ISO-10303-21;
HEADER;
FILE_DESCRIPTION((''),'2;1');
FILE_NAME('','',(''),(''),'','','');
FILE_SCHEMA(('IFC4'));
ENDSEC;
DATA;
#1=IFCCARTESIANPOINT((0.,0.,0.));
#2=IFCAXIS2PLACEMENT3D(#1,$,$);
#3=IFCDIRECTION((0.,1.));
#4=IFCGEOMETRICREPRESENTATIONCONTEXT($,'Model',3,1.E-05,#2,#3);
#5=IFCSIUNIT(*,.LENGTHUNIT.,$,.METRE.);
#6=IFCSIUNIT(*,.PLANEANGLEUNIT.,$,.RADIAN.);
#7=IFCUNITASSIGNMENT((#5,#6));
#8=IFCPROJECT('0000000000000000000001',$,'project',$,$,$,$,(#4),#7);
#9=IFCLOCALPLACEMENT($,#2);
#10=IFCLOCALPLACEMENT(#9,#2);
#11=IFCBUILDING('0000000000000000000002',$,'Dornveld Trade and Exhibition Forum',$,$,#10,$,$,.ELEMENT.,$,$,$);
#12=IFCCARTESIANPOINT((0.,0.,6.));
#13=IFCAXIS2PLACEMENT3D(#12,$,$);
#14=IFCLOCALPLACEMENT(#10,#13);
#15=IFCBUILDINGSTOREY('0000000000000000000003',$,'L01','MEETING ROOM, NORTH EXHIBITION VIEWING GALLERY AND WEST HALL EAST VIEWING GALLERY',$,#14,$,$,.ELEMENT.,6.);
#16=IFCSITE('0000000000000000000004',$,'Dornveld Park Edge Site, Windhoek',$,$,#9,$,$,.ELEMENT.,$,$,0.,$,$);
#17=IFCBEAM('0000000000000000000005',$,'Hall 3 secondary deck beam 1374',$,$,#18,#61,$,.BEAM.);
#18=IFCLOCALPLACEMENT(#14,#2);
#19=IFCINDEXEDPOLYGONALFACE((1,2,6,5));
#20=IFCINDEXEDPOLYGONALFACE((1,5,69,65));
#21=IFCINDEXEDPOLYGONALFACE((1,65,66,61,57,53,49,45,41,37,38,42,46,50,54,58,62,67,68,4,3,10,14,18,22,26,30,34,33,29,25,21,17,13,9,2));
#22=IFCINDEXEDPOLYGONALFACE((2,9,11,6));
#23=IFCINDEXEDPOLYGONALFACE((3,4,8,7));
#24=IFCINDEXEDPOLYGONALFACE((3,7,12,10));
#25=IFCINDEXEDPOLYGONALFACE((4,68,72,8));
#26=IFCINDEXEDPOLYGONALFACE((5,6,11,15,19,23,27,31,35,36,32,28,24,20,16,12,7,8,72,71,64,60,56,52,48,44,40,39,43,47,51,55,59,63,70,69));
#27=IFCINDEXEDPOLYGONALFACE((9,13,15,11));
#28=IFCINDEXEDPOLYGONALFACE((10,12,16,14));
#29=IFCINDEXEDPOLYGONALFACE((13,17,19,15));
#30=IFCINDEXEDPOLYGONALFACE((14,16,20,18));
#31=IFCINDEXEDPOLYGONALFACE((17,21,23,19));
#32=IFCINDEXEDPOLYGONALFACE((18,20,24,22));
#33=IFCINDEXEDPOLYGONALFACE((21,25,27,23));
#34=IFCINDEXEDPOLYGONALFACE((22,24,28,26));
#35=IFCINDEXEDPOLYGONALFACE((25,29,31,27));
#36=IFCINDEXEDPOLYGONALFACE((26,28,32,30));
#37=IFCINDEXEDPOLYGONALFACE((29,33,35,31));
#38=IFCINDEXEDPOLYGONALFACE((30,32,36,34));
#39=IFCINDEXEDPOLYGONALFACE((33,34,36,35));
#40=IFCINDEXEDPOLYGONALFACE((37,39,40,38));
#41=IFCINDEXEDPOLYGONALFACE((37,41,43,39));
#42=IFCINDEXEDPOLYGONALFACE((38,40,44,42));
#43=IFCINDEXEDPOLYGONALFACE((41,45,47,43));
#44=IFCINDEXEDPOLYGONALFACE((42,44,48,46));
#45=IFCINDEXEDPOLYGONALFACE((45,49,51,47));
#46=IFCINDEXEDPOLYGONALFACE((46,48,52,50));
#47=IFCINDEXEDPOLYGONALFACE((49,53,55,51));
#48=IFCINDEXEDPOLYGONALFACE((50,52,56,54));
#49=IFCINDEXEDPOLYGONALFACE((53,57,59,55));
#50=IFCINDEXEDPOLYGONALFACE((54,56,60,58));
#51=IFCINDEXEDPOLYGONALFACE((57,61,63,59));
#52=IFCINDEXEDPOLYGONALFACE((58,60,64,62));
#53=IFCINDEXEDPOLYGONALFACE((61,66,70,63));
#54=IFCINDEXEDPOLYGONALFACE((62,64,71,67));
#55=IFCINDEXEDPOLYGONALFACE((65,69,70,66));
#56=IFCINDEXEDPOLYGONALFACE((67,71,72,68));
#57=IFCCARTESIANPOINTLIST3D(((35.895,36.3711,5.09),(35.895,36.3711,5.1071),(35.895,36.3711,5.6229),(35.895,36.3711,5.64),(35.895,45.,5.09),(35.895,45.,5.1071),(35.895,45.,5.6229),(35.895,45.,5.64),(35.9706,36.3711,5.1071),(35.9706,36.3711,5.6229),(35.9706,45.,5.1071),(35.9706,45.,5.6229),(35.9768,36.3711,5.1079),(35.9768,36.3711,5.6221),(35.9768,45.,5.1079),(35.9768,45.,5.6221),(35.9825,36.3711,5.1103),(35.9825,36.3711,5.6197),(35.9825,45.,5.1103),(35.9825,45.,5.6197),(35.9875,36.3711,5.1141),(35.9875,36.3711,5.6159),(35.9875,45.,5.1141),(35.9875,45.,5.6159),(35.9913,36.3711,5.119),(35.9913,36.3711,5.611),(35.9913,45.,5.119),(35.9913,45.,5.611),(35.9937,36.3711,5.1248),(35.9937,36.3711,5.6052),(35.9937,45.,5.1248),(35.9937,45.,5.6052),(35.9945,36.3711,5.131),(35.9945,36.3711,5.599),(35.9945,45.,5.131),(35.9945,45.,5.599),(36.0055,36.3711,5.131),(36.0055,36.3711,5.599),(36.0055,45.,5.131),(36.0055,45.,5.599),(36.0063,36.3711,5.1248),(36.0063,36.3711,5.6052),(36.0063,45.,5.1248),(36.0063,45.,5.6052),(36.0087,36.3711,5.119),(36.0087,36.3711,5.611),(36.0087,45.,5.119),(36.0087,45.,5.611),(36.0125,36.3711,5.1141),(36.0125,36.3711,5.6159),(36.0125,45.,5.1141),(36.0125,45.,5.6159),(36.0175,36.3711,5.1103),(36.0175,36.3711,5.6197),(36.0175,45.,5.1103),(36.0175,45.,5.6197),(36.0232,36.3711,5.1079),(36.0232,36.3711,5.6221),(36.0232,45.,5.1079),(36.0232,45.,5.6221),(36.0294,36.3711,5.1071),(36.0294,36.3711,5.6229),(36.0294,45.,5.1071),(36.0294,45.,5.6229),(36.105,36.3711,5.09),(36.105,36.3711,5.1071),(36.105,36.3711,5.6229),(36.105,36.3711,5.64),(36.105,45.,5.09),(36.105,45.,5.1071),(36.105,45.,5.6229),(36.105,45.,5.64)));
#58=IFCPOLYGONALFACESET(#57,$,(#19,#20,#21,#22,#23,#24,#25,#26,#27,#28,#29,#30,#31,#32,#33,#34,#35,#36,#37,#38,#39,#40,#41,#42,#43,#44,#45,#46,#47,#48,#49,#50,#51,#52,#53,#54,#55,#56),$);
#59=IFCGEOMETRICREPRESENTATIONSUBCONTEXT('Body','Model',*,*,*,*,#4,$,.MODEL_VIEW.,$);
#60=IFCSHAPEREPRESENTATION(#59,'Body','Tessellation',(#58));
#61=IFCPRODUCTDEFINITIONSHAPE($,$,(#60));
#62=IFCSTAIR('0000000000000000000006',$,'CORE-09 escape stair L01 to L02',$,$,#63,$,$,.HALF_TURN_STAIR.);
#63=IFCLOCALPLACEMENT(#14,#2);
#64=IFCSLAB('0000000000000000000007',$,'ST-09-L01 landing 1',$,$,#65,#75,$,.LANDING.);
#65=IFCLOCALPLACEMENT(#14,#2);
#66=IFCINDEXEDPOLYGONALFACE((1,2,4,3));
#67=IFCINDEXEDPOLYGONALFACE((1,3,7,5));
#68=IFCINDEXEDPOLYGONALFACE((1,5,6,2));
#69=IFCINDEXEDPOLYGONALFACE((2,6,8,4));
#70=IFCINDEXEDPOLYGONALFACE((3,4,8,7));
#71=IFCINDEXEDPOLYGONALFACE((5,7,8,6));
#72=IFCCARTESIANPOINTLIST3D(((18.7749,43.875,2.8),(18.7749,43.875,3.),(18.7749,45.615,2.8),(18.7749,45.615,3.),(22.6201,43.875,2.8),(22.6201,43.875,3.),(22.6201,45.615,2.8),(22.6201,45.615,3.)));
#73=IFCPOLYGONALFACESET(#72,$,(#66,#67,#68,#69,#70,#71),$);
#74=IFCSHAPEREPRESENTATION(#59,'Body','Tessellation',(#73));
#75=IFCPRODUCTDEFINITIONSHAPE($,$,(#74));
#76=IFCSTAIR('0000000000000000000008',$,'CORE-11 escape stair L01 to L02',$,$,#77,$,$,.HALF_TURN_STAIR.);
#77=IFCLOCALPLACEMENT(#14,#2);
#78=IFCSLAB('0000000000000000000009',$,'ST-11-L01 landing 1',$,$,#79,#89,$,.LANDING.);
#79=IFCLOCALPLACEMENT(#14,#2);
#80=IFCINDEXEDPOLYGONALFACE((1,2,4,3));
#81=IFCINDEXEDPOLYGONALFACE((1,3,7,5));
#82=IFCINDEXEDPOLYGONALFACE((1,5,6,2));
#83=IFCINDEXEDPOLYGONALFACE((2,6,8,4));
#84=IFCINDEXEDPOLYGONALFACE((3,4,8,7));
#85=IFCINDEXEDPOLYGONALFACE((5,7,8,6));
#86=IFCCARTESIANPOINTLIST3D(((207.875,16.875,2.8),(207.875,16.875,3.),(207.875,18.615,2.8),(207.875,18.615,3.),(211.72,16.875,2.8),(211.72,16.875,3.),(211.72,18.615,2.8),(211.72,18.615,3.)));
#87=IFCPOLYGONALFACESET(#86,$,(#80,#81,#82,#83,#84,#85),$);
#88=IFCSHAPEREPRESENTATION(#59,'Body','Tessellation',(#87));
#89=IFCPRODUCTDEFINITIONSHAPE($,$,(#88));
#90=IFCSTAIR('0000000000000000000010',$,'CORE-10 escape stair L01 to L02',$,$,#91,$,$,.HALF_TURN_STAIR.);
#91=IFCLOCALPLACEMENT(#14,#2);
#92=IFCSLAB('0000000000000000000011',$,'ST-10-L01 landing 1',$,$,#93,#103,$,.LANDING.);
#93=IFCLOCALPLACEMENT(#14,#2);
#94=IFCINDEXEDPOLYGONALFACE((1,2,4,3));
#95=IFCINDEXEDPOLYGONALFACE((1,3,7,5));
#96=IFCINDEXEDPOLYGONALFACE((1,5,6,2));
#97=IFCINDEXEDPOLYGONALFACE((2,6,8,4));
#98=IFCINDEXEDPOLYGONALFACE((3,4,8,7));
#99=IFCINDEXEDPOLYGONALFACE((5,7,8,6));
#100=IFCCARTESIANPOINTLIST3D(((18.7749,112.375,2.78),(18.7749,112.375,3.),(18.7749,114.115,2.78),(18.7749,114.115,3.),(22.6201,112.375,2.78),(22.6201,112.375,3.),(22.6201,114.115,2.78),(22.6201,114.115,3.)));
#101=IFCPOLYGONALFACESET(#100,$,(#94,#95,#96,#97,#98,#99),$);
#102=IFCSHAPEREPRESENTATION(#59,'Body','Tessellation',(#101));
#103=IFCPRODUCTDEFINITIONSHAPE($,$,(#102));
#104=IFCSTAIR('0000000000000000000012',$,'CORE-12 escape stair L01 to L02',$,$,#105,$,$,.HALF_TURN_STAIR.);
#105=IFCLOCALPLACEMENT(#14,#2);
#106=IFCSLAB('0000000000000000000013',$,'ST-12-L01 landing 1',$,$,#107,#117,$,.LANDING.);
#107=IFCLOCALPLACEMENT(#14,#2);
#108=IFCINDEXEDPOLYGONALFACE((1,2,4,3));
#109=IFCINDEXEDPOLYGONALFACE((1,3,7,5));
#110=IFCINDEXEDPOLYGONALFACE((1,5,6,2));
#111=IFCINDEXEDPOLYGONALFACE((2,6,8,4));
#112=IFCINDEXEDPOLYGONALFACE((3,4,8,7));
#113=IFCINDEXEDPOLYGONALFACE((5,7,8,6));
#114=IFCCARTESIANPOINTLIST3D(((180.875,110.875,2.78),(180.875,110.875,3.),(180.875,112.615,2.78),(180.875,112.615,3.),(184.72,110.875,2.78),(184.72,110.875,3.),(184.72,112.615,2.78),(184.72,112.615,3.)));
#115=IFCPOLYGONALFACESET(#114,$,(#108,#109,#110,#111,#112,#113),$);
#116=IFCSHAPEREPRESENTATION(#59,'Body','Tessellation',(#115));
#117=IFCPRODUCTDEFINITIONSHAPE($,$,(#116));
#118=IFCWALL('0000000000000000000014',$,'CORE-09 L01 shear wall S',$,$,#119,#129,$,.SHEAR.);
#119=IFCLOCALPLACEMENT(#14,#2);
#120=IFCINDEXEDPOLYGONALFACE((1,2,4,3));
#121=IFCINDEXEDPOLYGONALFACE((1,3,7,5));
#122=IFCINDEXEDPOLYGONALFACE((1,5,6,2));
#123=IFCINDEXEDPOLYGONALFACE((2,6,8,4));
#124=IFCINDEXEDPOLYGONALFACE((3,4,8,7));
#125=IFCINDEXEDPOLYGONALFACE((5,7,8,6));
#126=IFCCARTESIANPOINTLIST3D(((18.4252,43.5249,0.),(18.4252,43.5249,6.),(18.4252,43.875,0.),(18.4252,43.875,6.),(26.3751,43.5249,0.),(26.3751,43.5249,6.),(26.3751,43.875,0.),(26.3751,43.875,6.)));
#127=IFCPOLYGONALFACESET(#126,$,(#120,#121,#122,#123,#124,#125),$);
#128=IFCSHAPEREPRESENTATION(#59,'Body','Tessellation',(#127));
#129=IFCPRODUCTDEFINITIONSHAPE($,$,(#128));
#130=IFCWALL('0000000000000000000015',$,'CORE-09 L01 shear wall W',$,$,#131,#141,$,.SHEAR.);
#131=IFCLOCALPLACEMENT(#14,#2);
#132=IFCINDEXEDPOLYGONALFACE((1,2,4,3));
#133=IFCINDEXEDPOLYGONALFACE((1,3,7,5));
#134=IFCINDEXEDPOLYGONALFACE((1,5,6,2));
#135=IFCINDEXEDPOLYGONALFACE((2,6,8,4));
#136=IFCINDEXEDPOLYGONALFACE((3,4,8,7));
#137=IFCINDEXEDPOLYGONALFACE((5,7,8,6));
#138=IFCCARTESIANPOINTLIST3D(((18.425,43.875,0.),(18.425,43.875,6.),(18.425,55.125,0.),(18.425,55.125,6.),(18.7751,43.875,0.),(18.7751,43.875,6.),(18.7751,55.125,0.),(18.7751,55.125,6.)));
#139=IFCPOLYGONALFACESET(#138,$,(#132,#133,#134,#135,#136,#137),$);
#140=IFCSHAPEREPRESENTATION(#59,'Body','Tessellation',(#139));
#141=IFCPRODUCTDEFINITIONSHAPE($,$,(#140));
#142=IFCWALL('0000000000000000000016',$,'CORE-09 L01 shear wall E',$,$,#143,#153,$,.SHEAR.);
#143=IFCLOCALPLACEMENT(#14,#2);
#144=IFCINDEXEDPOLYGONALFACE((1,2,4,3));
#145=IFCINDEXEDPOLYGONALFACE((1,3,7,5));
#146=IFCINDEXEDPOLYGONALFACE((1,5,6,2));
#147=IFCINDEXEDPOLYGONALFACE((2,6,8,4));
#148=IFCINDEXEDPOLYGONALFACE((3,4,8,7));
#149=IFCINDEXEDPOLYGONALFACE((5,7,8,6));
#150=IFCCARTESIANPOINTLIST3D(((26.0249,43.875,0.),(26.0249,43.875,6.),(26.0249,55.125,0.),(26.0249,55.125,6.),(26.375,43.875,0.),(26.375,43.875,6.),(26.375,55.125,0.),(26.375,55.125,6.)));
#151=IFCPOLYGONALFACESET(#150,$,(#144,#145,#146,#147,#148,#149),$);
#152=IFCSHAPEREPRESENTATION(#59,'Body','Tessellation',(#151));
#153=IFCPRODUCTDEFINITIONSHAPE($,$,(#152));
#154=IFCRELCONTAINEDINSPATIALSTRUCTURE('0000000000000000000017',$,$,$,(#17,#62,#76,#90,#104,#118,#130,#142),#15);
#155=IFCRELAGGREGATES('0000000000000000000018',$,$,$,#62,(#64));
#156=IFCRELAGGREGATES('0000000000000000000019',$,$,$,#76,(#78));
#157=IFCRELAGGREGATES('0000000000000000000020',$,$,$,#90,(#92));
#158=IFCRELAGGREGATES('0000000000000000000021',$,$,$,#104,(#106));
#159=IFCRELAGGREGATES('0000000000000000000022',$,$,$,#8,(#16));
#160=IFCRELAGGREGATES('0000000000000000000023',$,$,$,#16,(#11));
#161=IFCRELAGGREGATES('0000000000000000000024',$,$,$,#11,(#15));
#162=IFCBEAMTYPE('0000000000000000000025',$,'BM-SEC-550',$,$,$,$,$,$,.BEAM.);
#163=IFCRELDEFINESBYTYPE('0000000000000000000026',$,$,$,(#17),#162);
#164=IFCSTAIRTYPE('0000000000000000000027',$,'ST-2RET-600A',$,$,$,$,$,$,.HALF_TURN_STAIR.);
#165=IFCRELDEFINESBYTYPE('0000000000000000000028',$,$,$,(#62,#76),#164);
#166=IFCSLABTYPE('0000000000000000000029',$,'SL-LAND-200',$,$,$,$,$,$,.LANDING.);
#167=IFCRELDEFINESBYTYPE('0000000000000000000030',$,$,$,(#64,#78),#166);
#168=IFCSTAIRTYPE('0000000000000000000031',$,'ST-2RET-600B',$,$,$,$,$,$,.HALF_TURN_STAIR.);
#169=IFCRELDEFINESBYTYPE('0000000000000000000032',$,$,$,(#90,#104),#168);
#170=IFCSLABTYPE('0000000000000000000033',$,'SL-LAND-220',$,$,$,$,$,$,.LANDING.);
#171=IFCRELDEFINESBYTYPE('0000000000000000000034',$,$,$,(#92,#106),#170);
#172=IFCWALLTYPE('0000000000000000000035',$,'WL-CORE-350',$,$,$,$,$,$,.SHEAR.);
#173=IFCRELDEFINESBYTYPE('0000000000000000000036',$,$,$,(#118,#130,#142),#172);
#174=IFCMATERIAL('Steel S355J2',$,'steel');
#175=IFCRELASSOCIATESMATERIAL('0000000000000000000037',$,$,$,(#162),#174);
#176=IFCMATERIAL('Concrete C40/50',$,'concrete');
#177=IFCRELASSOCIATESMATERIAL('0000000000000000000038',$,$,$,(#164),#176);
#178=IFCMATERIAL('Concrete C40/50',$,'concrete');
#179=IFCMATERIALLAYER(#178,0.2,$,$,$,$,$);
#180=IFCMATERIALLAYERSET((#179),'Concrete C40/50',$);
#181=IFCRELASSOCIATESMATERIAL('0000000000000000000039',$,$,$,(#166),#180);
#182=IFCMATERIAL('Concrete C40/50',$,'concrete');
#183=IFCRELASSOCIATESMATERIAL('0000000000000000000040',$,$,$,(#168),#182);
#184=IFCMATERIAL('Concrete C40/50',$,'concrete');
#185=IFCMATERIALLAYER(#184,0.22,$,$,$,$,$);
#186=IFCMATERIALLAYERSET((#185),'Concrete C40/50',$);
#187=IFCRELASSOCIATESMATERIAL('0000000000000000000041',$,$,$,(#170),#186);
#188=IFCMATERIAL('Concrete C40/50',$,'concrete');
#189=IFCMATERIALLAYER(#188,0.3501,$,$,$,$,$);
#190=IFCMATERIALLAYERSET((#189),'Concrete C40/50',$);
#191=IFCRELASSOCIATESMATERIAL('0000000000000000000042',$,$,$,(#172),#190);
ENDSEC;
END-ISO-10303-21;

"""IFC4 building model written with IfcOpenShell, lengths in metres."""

from ifc_helpers import new_model, si_unit, direction, frame, frame_2d, origin, origin_2d, place, context, subcontext, project, spatial, polyline, rectangle, i_section, outline, extrude, material, layer, layer_set, material_profile, profile_set, type_object, element, aggregate, save


model = new_model("IFC4")

# Units and contexts
model_context = context("Model", 3, precision=1e-05, world=origin(), true_north=direction((0.0, 1.0)))
body_context = subcontext(model_context, "Body", "Model", "MODEL_VIEW")
ifc_project = project(units=[si_unit("LENGTHUNIT", "METRE"), si_unit("PLANEANGLEUNIT", "RADIAN")], contexts=[model_context])

# Site, building, storey
site_placement = place(None, origin())
site = spatial("IfcSite", under=ifc_project, at=site_placement, Name="Dornveld Park Edge Site, Windhoek", CompositionType="ELEMENT", RefElevation=0.0)
building_placement = place(site_placement, origin())
building = spatial("IfcBuilding", under=site, at=building_placement, Name="Dornveld Trade and Exhibition Forum", CompositionType="ELEMENT")
storey_placement = place(building_placement, frame((0.0, 0.0, 6.0)))
storey = spatial("IfcBuildingStorey", under=building, at=storey_placement, Name="L01", Description="MEETING ROOM, NORTH EXHIBITION VIEWING GALLERY AND WEST HALL EAST VIEWING GALLERY", CompositionType="ELEMENT", Elevation=6.0)

# Beam
ifc_material_1 = material(Name="Steel S355J2", Category="steel")
ifc_material_profile_1 = material_profile(ifc_material_1, i_section(OverallWidth=0.21, OverallDepth=0.55, WebThickness=0.011, FlangeThickness=0.0171, FilletRadius=0.0239, at=origin_2d()), Name="IPE 550")
ifc_profile_set_1 = profile_set([ifc_material_profile_1], Name="Steel S355J2")
beam_type_1 = type_object("IfcBeamType", Name="BM-SEC-550", PredefinedType="BEAM", material=ifc_profile_set_1)
beam_1_placement = place(storey_placement, frame((36.0, 36.3711, 5.365), z_axis=(0.0, 1.0, 0.0), x_axis=(-1.0, 0.0, 0.0)))
element("IfcBeam", 1, at=beam_1_placement, inside=storey, type_object=beam_type_1, Name="Hall 3 secondary deck beam 1374", PredefinedType="BEAM", context=body_context, shape_type="SweptSolid", body=[
    extrude(i_section(OverallWidth=0.21, OverallDepth=0.55, WebThickness=0.011, FlangeThickness=0.0171, FilletRadius=0.0239, at=origin_2d()), origin(), (0.0, 0.0, 1.0), 8.6289),
])

# Stairs, slabs
ifc_material_2 = material(Name="Concrete C40/50", Category="concrete")
stair_type_1 = type_object("IfcStairType", Name="ST-2RET-600A", PredefinedType="HALF_TURN_STAIR", material=ifc_material_2)
stair_1_placement = place(storey_placement, origin())
stair_1 = element("IfcStair", 2, at=stair_1_placement, inside=storey, type_object=stair_type_1, Name="CORE-09 escape stair L01 to L02", PredefinedType="HALF_TURN_STAIR")
ifc_material_3 = material(Name="Concrete C40/50", Category="concrete")
ifc_layer_1 = layer(ifc_material_3, 0.2)
ifc_layer_set_1 = layer_set([ifc_layer_1], Name="Concrete C40/50")
slab_type_1 = type_object("IfcSlabType", Name="SL-LAND-200", PredefinedType="LANDING", material=ifc_layer_set_1)
slab_1_placement = place(storey_placement, frame((0.0, 0.0, 2.8)))
slab_1 = element("IfcSlab", 3, at=slab_1_placement, type_object=slab_type_1, Name="ST-09-L01 landing 1", PredefinedType="LANDING", context=body_context, shape_type="SweptSolid", body=[
    extrude(outline(polyline([(18.7749, 43.875), (22.6201, 43.875), (22.6201, 45.615), (18.7749, 45.615), (18.7749, 43.875)])), origin(), (0.0, 0.0, 1.0), 0.2),
])
aggregate(stair_1, [slab_1])
stair_2_placement = place(storey_placement, origin())
stair_2 = element("IfcStair", 4, at=stair_2_placement, inside=storey, type_object=stair_type_1, Name="CORE-11 escape stair L01 to L02", PredefinedType="HALF_TURN_STAIR")
slab_2_placement = place(storey_placement, frame((0.0, 0.0, 2.8)))
slab_2 = element("IfcSlab", 5, at=slab_2_placement, type_object=slab_type_1, Name="ST-11-L01 landing 1", PredefinedType="LANDING", context=body_context, shape_type="SweptSolid", body=[
    extrude(outline(polyline([(207.875, 16.875), (211.72, 16.875), (211.72, 18.615), (207.875, 18.615), (207.875, 16.875)])), origin(), (0.0, 0.0, 1.0), 0.2),
])
aggregate(stair_2, [slab_2])
ifc_material_4 = material(Name="Concrete C40/50", Category="concrete")
stair_type_2 = type_object("IfcStairType", Name="ST-2RET-600B", PredefinedType="HALF_TURN_STAIR", material=ifc_material_4)
stair_3_placement = place(storey_placement, origin())
stair_3 = element("IfcStair", 6, at=stair_3_placement, inside=storey, type_object=stair_type_2, Name="CORE-10 escape stair L01 to L02", PredefinedType="HALF_TURN_STAIR")
ifc_material_5 = material(Name="Concrete C40/50", Category="concrete")
ifc_layer_2 = layer(ifc_material_5, 0.22)
ifc_layer_set_2 = layer_set([ifc_layer_2], Name="Concrete C40/50")
slab_type_2 = type_object("IfcSlabType", Name="SL-LAND-220", PredefinedType="LANDING", material=ifc_layer_set_2)
slab_3_placement = place(storey_placement, frame((0.0, 0.0, 2.78)))
slab_3 = element("IfcSlab", 7, at=slab_3_placement, type_object=slab_type_2, Name="ST-10-L01 landing 1", PredefinedType="LANDING", context=body_context, shape_type="SweptSolid", body=[
    extrude(outline(polyline([(18.7749, 112.375), (22.6201, 112.375), (22.6201, 114.115), (18.7749, 114.115), (18.7749, 112.375)])), origin(), (0.0, 0.0, 1.0), 0.22),
])
aggregate(stair_3, [slab_3])
stair_4_placement = place(storey_placement, origin())
stair_4 = element("IfcStair", 8, at=stair_4_placement, inside=storey, type_object=stair_type_2, Name="CORE-12 escape stair L01 to L02", PredefinedType="HALF_TURN_STAIR")
slab_4_placement = place(storey_placement, frame((0.0, 0.0, 2.78)))
slab_4 = element("IfcSlab", 9, at=slab_4_placement, type_object=slab_type_2, Name="ST-12-L01 landing 1", PredefinedType="LANDING", context=body_context, shape_type="SweptSolid", body=[
    extrude(outline(polyline([(180.875, 110.875), (184.72, 110.875), (184.72, 112.615), (180.875, 112.615), (180.875, 110.875)])), origin(), (0.0, 0.0, 1.0), 0.22),
])
aggregate(stair_4, [slab_4])

# Walls
ifc_material_6 = material(Name="Concrete C40/50", Category="concrete")
ifc_layer_3 = layer(ifc_material_6, 0.3501)
ifc_layer_set_3 = layer_set([ifc_layer_3], Name="Concrete C40/50")
wall_type_1 = type_object("IfcWallType", Name="WL-CORE-350", PredefinedType="SHEAR", material=ifc_layer_set_3)
wall_1_placement = place(storey_placement, frame((18.425, 43.7, 0.0), z_axis=(0.0, 0.0, 1.0), x_axis=(1.0, 0.0, 0.0)))
element("IfcWall", 10, at=wall_1_placement, inside=storey, type_object=wall_type_1, Name="CORE-09 L01 shear wall S", PredefinedType="SHEAR", context=body_context, shape_type="SweptSolid", body=[
    extrude(rectangle(XDim=7.95, YDim=0.3501, at=frame_2d((3.9751, 0.0))), origin(), (0.0, 0.0, 1.0), 6.0),
])
for number, where, z_axis, x_axis, name in (
    (11, (18.6001, 43.875, 0.0), (0.0, 0.0, 1.0), (0.0, 1.0, 0.0), "CORE-09 L01 shear wall W"),
    (12, (26.2, 43.875, 0.0), (0.0, 0.0, 1.0), (0.0, 1.0, 0.0), "CORE-09 L01 shear wall E"),
):
    element("IfcWall", number, at=place(storey_placement, frame(where, z_axis=z_axis, x_axis=x_axis)), inside=storey, type_object=wall_type_1, Name=name, PredefinedType="SHEAR", context=body_context, shape_type="SweptSolid", body=[
        extrude(rectangle(XDim=11.25, YDim=0.3501, at=frame_2d((5.625, 0.0))), origin(), (0.0, 0.0, 1.0), 6.0),
    ])

save(model, "model.ifc")
